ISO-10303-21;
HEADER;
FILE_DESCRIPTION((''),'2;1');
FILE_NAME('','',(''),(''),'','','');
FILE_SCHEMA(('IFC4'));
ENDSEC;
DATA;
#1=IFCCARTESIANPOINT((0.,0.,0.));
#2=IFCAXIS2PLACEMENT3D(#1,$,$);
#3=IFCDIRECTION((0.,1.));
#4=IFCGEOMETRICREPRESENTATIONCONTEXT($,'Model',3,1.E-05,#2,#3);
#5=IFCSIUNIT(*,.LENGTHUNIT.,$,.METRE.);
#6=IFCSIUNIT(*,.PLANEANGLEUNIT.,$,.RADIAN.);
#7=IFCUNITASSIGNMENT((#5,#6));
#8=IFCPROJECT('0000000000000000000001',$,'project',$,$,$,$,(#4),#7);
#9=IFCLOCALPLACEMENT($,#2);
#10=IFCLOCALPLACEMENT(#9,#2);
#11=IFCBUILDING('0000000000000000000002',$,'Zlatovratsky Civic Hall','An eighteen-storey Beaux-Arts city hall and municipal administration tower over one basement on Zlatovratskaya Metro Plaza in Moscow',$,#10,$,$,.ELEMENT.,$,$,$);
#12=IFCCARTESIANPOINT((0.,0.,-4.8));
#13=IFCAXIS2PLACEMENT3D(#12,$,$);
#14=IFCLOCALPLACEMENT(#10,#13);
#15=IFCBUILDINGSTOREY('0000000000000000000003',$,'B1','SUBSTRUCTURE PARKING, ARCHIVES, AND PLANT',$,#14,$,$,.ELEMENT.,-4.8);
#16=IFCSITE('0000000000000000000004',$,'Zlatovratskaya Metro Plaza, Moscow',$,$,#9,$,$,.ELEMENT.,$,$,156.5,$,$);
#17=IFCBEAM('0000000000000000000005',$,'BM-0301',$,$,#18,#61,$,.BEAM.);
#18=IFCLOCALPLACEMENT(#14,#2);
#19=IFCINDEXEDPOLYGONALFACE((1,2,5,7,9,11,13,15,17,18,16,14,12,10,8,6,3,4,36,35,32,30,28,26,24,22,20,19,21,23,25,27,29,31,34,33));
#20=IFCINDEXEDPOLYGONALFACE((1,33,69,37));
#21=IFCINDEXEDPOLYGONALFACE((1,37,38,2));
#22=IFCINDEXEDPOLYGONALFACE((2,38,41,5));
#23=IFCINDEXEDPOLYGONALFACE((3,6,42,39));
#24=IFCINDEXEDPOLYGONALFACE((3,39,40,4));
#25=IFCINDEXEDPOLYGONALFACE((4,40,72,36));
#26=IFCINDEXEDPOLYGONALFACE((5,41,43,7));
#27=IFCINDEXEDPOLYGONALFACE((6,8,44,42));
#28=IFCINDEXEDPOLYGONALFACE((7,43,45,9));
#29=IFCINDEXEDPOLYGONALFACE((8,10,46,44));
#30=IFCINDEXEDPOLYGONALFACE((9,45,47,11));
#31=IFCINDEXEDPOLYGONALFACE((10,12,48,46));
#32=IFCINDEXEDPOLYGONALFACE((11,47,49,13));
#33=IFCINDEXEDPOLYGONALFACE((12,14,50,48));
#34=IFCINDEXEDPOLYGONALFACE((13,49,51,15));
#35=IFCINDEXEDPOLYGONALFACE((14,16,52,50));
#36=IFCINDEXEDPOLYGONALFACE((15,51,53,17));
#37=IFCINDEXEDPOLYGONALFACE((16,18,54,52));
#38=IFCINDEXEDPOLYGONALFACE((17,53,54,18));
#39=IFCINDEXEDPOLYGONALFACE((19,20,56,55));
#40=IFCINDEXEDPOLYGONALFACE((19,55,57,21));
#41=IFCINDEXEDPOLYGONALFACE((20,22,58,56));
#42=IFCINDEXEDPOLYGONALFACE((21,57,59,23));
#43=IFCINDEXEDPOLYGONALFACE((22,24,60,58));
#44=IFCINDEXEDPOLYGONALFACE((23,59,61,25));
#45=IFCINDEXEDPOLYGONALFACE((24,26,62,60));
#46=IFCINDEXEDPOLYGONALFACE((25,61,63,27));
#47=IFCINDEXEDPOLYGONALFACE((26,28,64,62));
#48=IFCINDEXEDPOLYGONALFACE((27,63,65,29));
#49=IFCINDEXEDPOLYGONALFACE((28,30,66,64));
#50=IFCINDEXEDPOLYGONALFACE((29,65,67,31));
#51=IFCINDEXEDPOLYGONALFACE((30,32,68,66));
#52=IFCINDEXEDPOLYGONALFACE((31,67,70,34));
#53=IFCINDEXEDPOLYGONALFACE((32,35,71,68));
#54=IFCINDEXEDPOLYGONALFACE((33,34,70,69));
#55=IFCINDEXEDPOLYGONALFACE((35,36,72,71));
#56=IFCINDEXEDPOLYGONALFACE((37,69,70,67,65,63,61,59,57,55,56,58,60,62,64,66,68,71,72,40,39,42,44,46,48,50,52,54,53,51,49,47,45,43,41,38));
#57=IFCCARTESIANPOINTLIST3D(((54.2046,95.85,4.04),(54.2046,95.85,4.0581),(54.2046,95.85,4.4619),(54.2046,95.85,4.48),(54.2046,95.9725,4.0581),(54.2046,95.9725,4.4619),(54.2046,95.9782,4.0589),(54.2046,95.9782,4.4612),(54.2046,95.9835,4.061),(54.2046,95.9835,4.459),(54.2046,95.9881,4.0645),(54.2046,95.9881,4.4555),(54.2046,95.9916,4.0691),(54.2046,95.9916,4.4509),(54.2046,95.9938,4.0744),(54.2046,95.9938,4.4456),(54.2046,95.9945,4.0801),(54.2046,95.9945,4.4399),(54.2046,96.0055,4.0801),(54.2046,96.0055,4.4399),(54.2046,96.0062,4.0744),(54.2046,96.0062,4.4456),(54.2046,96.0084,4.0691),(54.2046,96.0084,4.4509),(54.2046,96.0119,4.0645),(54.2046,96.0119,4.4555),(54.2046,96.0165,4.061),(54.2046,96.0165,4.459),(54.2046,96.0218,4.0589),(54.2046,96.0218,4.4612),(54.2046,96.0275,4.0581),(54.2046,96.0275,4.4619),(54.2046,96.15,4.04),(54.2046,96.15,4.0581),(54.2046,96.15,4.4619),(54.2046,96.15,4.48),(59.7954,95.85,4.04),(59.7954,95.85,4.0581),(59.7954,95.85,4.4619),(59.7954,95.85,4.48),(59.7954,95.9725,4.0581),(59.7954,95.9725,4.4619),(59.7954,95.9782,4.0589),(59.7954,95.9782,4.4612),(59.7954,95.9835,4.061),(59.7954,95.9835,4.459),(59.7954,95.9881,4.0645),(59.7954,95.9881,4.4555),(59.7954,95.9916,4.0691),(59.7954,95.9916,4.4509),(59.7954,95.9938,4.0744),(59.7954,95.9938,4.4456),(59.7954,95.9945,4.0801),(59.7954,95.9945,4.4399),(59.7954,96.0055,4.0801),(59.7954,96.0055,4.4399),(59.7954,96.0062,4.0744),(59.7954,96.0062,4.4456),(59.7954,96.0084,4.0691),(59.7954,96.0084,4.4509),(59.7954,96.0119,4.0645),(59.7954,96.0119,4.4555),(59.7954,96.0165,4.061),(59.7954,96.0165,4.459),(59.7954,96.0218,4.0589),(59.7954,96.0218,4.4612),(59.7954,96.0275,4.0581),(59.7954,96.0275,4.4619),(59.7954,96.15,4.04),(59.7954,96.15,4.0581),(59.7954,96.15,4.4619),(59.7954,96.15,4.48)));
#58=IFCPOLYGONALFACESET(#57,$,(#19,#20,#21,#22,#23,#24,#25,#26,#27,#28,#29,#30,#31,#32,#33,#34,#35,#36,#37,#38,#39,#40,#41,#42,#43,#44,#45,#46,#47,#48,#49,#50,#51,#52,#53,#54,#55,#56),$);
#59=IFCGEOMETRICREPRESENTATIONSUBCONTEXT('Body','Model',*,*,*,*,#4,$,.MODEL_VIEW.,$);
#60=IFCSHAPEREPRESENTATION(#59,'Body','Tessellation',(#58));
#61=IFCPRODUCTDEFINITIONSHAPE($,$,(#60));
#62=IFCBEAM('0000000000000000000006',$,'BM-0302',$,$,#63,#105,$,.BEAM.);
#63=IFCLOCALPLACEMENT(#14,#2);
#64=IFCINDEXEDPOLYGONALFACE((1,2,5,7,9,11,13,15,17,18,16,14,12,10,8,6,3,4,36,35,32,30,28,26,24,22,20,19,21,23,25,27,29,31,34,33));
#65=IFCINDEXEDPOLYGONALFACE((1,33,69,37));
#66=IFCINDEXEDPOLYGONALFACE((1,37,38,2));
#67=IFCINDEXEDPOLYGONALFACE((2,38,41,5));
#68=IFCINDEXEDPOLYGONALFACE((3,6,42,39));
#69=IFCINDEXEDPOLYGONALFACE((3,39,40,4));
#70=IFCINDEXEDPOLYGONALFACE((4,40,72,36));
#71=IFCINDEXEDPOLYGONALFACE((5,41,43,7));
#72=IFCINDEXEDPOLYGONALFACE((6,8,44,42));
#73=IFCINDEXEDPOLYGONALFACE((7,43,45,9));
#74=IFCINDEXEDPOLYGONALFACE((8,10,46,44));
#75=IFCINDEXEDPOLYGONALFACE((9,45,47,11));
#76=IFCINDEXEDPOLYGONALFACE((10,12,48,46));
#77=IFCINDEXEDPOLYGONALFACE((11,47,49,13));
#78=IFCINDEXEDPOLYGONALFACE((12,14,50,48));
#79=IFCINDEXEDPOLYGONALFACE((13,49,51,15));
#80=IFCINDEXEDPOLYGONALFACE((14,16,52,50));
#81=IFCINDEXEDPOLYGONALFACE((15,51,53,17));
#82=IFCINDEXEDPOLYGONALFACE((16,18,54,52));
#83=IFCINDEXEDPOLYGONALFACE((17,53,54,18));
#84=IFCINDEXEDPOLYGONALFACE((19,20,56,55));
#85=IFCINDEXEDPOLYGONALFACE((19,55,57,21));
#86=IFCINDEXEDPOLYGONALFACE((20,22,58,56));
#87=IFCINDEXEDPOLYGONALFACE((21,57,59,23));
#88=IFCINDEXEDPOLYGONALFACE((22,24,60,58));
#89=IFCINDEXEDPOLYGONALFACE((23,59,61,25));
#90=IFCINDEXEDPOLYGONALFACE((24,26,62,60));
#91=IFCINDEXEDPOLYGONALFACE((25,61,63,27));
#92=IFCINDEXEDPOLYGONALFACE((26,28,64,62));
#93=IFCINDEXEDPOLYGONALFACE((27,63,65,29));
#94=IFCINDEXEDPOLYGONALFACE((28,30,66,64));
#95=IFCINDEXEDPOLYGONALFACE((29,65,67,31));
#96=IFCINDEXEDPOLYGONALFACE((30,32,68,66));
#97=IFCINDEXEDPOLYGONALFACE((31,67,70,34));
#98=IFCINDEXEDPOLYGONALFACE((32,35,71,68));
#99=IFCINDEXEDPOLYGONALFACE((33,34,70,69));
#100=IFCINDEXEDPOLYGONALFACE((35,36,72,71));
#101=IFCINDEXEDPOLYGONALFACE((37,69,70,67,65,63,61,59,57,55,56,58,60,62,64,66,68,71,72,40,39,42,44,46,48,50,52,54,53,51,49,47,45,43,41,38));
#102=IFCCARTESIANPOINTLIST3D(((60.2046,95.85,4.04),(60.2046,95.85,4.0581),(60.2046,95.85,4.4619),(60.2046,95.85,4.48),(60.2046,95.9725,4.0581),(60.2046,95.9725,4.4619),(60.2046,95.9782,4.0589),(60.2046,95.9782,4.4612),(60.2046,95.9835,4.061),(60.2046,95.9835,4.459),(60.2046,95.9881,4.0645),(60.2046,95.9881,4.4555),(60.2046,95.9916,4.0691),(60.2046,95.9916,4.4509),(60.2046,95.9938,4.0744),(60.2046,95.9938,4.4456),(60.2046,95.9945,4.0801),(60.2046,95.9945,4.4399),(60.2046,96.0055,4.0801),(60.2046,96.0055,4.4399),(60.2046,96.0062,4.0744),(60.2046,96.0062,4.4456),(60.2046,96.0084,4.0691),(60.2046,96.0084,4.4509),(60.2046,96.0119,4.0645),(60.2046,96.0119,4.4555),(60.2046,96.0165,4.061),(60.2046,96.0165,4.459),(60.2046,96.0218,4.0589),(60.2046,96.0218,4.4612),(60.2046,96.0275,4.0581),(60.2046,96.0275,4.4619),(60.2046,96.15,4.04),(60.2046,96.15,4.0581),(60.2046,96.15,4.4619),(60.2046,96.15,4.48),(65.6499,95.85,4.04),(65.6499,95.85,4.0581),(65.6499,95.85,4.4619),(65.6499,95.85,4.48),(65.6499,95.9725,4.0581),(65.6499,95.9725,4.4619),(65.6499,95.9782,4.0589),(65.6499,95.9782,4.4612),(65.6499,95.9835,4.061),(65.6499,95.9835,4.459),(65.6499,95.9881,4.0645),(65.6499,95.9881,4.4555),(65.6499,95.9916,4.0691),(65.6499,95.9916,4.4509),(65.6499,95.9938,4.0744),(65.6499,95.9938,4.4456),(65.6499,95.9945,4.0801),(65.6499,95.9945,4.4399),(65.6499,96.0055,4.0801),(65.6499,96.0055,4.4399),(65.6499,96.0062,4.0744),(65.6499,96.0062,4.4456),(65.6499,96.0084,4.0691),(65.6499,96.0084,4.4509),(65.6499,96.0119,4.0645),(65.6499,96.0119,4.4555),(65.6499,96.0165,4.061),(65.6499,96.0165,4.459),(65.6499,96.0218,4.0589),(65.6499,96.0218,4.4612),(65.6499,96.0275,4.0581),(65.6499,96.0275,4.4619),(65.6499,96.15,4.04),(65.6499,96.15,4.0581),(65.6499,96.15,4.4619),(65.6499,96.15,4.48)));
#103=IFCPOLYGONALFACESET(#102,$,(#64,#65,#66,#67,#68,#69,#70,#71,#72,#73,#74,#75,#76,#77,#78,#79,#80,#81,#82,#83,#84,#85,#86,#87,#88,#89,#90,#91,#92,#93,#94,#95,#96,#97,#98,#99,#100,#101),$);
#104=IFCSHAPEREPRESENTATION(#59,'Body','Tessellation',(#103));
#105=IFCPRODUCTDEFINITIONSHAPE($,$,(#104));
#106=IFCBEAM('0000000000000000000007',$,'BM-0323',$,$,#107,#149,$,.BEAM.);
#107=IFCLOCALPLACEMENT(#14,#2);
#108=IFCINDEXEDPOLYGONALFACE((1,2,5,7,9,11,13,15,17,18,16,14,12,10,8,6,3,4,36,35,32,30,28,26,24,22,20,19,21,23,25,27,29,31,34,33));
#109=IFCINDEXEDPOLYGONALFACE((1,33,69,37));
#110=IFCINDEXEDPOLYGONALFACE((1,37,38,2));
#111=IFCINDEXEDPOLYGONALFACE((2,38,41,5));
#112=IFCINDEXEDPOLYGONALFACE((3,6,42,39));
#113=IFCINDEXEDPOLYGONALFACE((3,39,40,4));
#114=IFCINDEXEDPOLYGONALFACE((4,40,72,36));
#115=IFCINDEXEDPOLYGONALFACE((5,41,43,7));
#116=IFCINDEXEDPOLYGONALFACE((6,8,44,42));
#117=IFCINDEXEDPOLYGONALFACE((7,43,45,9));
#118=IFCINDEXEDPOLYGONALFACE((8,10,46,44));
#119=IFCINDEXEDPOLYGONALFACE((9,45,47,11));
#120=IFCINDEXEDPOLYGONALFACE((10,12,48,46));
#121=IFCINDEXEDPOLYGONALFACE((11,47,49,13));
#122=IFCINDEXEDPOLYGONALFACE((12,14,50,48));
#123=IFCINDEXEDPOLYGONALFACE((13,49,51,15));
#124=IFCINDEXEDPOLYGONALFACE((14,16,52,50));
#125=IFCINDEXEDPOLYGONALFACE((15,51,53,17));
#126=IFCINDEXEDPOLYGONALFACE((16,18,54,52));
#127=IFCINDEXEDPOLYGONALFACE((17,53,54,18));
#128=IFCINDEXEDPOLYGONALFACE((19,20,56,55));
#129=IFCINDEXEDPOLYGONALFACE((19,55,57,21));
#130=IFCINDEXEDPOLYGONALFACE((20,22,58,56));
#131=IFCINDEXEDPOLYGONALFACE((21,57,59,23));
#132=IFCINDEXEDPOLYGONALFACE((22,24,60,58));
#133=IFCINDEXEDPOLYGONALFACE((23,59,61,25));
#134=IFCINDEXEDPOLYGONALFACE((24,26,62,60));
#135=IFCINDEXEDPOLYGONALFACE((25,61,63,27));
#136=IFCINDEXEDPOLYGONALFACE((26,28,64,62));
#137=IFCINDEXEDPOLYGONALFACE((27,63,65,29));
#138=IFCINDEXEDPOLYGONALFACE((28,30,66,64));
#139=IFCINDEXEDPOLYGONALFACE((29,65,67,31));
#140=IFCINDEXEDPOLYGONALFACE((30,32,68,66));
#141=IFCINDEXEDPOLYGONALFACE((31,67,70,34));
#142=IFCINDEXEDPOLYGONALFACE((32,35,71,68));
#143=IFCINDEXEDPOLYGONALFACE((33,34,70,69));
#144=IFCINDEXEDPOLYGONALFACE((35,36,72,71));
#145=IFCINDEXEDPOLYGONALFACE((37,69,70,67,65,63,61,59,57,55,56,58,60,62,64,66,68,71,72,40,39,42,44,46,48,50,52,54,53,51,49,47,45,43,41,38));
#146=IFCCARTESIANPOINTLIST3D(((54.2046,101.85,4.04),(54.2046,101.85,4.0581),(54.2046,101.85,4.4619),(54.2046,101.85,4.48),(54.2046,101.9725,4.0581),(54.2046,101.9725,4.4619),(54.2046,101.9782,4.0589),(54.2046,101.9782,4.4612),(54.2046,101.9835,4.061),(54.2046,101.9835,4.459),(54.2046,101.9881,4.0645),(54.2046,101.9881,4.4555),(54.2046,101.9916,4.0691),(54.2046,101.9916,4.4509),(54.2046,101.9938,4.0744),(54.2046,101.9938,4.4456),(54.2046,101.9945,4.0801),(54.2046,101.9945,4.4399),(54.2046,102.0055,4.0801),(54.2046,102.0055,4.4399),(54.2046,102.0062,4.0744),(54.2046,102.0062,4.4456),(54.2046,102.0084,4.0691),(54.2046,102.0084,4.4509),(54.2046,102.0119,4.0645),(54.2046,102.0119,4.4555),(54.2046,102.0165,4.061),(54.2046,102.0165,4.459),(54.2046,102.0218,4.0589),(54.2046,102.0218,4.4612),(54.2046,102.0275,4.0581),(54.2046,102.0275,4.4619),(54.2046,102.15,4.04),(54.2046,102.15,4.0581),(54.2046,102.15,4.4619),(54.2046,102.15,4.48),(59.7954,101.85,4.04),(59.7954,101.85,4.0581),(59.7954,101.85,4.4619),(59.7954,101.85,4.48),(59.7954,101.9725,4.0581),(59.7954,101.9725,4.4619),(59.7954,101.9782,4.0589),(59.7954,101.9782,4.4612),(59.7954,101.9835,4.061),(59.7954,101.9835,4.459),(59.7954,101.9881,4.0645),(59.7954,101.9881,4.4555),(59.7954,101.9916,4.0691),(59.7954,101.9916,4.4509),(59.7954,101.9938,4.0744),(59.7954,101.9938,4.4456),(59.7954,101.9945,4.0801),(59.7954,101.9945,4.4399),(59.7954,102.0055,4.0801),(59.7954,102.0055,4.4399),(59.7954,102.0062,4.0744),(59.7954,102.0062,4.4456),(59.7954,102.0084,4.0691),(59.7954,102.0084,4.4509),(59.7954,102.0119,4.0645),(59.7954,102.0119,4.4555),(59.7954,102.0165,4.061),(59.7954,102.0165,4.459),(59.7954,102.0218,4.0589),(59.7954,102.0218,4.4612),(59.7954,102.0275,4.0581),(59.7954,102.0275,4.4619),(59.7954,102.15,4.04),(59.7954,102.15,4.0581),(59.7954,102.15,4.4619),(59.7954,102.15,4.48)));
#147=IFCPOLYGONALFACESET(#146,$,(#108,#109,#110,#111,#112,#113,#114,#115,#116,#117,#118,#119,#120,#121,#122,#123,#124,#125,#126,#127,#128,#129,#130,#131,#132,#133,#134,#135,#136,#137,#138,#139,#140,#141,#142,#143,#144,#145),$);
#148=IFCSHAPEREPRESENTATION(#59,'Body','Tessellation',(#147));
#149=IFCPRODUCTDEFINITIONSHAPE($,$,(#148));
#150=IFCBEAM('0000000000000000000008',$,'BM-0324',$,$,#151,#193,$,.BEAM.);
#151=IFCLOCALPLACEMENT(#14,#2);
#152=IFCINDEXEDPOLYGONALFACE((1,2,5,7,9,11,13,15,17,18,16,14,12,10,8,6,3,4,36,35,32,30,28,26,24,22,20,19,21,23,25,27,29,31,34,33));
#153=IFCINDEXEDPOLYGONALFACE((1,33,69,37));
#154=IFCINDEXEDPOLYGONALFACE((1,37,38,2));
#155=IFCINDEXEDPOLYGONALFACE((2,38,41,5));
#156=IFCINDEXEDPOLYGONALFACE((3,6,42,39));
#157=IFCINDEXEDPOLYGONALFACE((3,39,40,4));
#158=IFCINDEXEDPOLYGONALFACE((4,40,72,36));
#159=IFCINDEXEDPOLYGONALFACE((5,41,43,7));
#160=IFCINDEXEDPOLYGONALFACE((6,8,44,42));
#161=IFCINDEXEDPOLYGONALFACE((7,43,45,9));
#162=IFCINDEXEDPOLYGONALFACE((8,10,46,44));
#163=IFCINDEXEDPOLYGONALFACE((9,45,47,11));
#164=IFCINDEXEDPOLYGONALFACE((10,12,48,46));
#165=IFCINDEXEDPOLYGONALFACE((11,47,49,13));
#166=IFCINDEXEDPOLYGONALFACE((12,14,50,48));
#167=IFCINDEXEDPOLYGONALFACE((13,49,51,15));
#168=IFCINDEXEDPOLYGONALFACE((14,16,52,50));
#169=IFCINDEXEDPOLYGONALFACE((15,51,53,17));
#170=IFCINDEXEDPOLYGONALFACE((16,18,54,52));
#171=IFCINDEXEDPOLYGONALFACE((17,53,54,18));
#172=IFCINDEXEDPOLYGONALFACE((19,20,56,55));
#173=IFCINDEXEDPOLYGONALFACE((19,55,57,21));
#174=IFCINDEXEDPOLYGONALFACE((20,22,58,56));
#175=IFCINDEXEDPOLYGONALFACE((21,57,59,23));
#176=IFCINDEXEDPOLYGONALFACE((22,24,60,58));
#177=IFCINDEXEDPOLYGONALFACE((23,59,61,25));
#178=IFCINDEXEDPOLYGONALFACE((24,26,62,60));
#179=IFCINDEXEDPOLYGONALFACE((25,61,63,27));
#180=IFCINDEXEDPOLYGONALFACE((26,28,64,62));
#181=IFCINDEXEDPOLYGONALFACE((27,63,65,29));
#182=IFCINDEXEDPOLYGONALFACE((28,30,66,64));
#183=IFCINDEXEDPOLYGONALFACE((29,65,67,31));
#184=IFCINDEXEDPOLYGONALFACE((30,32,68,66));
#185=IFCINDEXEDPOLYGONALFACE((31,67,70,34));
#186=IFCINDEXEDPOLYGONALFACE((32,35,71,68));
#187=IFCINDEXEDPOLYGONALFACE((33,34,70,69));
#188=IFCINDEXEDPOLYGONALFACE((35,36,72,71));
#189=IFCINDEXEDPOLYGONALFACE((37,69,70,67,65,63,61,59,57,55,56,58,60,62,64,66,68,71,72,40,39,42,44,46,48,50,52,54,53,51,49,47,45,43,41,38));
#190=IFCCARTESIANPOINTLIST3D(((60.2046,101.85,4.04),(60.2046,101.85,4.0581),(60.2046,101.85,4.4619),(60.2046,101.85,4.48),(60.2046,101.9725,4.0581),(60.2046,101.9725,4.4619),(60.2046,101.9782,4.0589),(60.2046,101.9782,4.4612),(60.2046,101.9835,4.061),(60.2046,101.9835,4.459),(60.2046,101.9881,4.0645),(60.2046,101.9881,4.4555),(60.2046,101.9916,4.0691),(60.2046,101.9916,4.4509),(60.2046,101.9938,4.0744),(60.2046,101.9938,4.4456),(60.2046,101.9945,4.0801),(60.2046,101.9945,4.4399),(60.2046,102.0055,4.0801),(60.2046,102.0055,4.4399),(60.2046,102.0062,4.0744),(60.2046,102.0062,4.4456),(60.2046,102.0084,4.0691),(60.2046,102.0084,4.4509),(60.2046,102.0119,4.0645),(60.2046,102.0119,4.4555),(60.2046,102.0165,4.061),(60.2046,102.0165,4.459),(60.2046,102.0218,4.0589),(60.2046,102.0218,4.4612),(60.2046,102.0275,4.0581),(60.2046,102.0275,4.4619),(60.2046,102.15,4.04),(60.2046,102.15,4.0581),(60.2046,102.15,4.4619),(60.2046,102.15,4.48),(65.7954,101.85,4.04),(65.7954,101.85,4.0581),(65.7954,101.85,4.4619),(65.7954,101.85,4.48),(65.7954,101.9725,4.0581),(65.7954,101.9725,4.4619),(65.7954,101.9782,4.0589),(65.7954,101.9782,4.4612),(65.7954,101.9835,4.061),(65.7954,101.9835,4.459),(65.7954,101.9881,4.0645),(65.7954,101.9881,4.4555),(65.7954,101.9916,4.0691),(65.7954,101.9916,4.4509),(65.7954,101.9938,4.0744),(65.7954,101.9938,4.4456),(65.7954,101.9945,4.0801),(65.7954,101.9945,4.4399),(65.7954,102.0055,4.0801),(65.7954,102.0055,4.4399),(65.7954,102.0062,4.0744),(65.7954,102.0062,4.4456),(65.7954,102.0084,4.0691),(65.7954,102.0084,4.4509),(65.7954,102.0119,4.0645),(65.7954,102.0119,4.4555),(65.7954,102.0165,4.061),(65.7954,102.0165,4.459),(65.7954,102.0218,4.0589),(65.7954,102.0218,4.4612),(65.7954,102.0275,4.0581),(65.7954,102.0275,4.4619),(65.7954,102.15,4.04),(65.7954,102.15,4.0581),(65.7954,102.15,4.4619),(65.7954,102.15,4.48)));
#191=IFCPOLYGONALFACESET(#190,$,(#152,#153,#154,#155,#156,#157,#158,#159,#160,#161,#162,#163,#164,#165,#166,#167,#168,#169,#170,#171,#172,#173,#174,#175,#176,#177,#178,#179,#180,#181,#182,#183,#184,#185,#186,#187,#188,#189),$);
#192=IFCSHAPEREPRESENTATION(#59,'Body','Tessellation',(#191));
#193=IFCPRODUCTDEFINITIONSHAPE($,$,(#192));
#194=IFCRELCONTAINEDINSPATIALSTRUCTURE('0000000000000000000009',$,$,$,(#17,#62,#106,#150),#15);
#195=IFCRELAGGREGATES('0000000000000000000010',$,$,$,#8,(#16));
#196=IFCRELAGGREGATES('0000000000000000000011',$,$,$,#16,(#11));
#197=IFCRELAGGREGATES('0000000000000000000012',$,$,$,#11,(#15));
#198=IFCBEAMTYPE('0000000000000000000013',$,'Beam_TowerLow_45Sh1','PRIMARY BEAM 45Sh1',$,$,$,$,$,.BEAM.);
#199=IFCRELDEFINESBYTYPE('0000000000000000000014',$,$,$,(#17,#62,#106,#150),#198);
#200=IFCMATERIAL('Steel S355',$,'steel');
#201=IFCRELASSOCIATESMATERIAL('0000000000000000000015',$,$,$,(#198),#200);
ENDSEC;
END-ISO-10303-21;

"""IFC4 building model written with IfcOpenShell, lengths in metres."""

from ifc_helpers import new_model, si_unit, direction, frame, origin, origin_2d, place, context, subcontext, project, spatial, i_section, extrude, material, material_profile, profile_set, type_object, element, save


model = new_model("IFC4")

# Units and contexts
model_context = context("Model", 3, precision=1e-05, world=origin(), true_north=direction((0.0, 1.0)))
body_context = subcontext(model_context, "Body", "Model", "MODEL_VIEW")
ifc_project = project(units=[si_unit("LENGTHUNIT", "METRE"), si_unit("PLANEANGLEUNIT", "RADIAN")], contexts=[model_context])

# Site, building, storey
site_placement = place(None, origin())
site = spatial("IfcSite", under=ifc_project, at=site_placement, Name="Zlatovratskaya Metro Plaza, Moscow", CompositionType="ELEMENT", RefElevation=156.5)
building_placement = place(site_placement, origin())
building = spatial("IfcBuilding", under=site, at=building_placement, Name="Zlatovratsky Civic Hall", Description="An eighteen-storey Beaux-Arts city hall and municipal administration tower over one basement on Zlatovratskaya Metro Plaza in Moscow", CompositionType="ELEMENT")
storey_placement = place(building_placement, frame((0.0, 0.0, -4.8)))
storey = spatial("IfcBuildingStorey", under=building, at=storey_placement, Name="B1", Description="SUBSTRUCTURE PARKING, ARCHIVES, AND PLANT", CompositionType="ELEMENT", Elevation=-4.8)

# Shared definitions
ifc_material_1 = material(Name="Steel S355", Category="steel")

# Beams
ifc_material_profile_1 = material_profile(ifc_material_1, i_section(OverallWidth=0.3, OverallDepth=0.4399, WebThickness=0.011, FlangeThickness=0.0181, FilletRadius=0.022, at=origin_2d()), Name="45Sh1")
ifc_profile_set_1 = profile_set([ifc_material_profile_1], Name="Steel S355")
beam_type = type_object("IfcBeamType", Name="Beam_TowerLow_45Sh1", Description="PRIMARY BEAM 45Sh1", PredefinedType="BEAM", material=ifc_profile_set_1)
beam_1_placement = place(storey_placement, frame((54.2046, 96.0, 4.26), z_axis=(1.0, 0.0, 0.0), x_axis=(0.0, 1.0, 0.0)))
element("IfcBeam", 1, at=beam_1_placement, inside=storey, type_object=beam_type, Name="BM-0301", PredefinedType="BEAM", context=body_context, shape_type="SweptSolid", body=[
    extrude(i_section(OverallWidth=0.3, OverallDepth=0.4399, WebThickness=0.011, FlangeThickness=0.0181, FilletRadius=0.022, at=origin_2d()), origin(), (0.0, 0.0, 1.0), 5.5908),
])
beam_2_placement = place(storey_placement, frame((60.2046, 96.0, 4.26), z_axis=(1.0, 0.0, 0.0), x_axis=(0.0, 1.0, 0.0)))
element("IfcBeam", 2, at=beam_2_placement, inside=storey, type_object=beam_type, Name="BM-0302", PredefinedType="BEAM", context=body_context, shape_type="SweptSolid", body=[
    extrude(i_section(OverallWidth=0.3, OverallDepth=0.4399, WebThickness=0.011, FlangeThickness=0.0181, FilletRadius=0.022, at=origin_2d()), origin(), (0.0, 0.0, 1.0), 5.4453),
])
for number, where, z_axis, x_axis, name in (
    (3, (54.2046, 102.0, 4.26), (1.0, 0.0, 0.0), (0.0, 1.0, 0.0), "BM-0323"),
    (4, (60.2046, 102.0, 4.26), (1.0, 0.0, 0.0), (0.0, 1.0, 0.0), "BM-0324"),
):
    element("IfcBeam", number, at=place(storey_placement, frame(where, z_axis=z_axis, x_axis=x_axis)), inside=storey, type_object=beam_type, Name=name, PredefinedType="BEAM", context=body_context, shape_type="SweptSolid", body=[
        extrude(i_section(OverallWidth=0.3, OverallDepth=0.4399, WebThickness=0.011, FlangeThickness=0.0181, FilletRadius=0.022, at=origin_2d()), origin(), (0.0, 0.0, 1.0), 5.5908),
    ])

save(model, "model.ifc")
